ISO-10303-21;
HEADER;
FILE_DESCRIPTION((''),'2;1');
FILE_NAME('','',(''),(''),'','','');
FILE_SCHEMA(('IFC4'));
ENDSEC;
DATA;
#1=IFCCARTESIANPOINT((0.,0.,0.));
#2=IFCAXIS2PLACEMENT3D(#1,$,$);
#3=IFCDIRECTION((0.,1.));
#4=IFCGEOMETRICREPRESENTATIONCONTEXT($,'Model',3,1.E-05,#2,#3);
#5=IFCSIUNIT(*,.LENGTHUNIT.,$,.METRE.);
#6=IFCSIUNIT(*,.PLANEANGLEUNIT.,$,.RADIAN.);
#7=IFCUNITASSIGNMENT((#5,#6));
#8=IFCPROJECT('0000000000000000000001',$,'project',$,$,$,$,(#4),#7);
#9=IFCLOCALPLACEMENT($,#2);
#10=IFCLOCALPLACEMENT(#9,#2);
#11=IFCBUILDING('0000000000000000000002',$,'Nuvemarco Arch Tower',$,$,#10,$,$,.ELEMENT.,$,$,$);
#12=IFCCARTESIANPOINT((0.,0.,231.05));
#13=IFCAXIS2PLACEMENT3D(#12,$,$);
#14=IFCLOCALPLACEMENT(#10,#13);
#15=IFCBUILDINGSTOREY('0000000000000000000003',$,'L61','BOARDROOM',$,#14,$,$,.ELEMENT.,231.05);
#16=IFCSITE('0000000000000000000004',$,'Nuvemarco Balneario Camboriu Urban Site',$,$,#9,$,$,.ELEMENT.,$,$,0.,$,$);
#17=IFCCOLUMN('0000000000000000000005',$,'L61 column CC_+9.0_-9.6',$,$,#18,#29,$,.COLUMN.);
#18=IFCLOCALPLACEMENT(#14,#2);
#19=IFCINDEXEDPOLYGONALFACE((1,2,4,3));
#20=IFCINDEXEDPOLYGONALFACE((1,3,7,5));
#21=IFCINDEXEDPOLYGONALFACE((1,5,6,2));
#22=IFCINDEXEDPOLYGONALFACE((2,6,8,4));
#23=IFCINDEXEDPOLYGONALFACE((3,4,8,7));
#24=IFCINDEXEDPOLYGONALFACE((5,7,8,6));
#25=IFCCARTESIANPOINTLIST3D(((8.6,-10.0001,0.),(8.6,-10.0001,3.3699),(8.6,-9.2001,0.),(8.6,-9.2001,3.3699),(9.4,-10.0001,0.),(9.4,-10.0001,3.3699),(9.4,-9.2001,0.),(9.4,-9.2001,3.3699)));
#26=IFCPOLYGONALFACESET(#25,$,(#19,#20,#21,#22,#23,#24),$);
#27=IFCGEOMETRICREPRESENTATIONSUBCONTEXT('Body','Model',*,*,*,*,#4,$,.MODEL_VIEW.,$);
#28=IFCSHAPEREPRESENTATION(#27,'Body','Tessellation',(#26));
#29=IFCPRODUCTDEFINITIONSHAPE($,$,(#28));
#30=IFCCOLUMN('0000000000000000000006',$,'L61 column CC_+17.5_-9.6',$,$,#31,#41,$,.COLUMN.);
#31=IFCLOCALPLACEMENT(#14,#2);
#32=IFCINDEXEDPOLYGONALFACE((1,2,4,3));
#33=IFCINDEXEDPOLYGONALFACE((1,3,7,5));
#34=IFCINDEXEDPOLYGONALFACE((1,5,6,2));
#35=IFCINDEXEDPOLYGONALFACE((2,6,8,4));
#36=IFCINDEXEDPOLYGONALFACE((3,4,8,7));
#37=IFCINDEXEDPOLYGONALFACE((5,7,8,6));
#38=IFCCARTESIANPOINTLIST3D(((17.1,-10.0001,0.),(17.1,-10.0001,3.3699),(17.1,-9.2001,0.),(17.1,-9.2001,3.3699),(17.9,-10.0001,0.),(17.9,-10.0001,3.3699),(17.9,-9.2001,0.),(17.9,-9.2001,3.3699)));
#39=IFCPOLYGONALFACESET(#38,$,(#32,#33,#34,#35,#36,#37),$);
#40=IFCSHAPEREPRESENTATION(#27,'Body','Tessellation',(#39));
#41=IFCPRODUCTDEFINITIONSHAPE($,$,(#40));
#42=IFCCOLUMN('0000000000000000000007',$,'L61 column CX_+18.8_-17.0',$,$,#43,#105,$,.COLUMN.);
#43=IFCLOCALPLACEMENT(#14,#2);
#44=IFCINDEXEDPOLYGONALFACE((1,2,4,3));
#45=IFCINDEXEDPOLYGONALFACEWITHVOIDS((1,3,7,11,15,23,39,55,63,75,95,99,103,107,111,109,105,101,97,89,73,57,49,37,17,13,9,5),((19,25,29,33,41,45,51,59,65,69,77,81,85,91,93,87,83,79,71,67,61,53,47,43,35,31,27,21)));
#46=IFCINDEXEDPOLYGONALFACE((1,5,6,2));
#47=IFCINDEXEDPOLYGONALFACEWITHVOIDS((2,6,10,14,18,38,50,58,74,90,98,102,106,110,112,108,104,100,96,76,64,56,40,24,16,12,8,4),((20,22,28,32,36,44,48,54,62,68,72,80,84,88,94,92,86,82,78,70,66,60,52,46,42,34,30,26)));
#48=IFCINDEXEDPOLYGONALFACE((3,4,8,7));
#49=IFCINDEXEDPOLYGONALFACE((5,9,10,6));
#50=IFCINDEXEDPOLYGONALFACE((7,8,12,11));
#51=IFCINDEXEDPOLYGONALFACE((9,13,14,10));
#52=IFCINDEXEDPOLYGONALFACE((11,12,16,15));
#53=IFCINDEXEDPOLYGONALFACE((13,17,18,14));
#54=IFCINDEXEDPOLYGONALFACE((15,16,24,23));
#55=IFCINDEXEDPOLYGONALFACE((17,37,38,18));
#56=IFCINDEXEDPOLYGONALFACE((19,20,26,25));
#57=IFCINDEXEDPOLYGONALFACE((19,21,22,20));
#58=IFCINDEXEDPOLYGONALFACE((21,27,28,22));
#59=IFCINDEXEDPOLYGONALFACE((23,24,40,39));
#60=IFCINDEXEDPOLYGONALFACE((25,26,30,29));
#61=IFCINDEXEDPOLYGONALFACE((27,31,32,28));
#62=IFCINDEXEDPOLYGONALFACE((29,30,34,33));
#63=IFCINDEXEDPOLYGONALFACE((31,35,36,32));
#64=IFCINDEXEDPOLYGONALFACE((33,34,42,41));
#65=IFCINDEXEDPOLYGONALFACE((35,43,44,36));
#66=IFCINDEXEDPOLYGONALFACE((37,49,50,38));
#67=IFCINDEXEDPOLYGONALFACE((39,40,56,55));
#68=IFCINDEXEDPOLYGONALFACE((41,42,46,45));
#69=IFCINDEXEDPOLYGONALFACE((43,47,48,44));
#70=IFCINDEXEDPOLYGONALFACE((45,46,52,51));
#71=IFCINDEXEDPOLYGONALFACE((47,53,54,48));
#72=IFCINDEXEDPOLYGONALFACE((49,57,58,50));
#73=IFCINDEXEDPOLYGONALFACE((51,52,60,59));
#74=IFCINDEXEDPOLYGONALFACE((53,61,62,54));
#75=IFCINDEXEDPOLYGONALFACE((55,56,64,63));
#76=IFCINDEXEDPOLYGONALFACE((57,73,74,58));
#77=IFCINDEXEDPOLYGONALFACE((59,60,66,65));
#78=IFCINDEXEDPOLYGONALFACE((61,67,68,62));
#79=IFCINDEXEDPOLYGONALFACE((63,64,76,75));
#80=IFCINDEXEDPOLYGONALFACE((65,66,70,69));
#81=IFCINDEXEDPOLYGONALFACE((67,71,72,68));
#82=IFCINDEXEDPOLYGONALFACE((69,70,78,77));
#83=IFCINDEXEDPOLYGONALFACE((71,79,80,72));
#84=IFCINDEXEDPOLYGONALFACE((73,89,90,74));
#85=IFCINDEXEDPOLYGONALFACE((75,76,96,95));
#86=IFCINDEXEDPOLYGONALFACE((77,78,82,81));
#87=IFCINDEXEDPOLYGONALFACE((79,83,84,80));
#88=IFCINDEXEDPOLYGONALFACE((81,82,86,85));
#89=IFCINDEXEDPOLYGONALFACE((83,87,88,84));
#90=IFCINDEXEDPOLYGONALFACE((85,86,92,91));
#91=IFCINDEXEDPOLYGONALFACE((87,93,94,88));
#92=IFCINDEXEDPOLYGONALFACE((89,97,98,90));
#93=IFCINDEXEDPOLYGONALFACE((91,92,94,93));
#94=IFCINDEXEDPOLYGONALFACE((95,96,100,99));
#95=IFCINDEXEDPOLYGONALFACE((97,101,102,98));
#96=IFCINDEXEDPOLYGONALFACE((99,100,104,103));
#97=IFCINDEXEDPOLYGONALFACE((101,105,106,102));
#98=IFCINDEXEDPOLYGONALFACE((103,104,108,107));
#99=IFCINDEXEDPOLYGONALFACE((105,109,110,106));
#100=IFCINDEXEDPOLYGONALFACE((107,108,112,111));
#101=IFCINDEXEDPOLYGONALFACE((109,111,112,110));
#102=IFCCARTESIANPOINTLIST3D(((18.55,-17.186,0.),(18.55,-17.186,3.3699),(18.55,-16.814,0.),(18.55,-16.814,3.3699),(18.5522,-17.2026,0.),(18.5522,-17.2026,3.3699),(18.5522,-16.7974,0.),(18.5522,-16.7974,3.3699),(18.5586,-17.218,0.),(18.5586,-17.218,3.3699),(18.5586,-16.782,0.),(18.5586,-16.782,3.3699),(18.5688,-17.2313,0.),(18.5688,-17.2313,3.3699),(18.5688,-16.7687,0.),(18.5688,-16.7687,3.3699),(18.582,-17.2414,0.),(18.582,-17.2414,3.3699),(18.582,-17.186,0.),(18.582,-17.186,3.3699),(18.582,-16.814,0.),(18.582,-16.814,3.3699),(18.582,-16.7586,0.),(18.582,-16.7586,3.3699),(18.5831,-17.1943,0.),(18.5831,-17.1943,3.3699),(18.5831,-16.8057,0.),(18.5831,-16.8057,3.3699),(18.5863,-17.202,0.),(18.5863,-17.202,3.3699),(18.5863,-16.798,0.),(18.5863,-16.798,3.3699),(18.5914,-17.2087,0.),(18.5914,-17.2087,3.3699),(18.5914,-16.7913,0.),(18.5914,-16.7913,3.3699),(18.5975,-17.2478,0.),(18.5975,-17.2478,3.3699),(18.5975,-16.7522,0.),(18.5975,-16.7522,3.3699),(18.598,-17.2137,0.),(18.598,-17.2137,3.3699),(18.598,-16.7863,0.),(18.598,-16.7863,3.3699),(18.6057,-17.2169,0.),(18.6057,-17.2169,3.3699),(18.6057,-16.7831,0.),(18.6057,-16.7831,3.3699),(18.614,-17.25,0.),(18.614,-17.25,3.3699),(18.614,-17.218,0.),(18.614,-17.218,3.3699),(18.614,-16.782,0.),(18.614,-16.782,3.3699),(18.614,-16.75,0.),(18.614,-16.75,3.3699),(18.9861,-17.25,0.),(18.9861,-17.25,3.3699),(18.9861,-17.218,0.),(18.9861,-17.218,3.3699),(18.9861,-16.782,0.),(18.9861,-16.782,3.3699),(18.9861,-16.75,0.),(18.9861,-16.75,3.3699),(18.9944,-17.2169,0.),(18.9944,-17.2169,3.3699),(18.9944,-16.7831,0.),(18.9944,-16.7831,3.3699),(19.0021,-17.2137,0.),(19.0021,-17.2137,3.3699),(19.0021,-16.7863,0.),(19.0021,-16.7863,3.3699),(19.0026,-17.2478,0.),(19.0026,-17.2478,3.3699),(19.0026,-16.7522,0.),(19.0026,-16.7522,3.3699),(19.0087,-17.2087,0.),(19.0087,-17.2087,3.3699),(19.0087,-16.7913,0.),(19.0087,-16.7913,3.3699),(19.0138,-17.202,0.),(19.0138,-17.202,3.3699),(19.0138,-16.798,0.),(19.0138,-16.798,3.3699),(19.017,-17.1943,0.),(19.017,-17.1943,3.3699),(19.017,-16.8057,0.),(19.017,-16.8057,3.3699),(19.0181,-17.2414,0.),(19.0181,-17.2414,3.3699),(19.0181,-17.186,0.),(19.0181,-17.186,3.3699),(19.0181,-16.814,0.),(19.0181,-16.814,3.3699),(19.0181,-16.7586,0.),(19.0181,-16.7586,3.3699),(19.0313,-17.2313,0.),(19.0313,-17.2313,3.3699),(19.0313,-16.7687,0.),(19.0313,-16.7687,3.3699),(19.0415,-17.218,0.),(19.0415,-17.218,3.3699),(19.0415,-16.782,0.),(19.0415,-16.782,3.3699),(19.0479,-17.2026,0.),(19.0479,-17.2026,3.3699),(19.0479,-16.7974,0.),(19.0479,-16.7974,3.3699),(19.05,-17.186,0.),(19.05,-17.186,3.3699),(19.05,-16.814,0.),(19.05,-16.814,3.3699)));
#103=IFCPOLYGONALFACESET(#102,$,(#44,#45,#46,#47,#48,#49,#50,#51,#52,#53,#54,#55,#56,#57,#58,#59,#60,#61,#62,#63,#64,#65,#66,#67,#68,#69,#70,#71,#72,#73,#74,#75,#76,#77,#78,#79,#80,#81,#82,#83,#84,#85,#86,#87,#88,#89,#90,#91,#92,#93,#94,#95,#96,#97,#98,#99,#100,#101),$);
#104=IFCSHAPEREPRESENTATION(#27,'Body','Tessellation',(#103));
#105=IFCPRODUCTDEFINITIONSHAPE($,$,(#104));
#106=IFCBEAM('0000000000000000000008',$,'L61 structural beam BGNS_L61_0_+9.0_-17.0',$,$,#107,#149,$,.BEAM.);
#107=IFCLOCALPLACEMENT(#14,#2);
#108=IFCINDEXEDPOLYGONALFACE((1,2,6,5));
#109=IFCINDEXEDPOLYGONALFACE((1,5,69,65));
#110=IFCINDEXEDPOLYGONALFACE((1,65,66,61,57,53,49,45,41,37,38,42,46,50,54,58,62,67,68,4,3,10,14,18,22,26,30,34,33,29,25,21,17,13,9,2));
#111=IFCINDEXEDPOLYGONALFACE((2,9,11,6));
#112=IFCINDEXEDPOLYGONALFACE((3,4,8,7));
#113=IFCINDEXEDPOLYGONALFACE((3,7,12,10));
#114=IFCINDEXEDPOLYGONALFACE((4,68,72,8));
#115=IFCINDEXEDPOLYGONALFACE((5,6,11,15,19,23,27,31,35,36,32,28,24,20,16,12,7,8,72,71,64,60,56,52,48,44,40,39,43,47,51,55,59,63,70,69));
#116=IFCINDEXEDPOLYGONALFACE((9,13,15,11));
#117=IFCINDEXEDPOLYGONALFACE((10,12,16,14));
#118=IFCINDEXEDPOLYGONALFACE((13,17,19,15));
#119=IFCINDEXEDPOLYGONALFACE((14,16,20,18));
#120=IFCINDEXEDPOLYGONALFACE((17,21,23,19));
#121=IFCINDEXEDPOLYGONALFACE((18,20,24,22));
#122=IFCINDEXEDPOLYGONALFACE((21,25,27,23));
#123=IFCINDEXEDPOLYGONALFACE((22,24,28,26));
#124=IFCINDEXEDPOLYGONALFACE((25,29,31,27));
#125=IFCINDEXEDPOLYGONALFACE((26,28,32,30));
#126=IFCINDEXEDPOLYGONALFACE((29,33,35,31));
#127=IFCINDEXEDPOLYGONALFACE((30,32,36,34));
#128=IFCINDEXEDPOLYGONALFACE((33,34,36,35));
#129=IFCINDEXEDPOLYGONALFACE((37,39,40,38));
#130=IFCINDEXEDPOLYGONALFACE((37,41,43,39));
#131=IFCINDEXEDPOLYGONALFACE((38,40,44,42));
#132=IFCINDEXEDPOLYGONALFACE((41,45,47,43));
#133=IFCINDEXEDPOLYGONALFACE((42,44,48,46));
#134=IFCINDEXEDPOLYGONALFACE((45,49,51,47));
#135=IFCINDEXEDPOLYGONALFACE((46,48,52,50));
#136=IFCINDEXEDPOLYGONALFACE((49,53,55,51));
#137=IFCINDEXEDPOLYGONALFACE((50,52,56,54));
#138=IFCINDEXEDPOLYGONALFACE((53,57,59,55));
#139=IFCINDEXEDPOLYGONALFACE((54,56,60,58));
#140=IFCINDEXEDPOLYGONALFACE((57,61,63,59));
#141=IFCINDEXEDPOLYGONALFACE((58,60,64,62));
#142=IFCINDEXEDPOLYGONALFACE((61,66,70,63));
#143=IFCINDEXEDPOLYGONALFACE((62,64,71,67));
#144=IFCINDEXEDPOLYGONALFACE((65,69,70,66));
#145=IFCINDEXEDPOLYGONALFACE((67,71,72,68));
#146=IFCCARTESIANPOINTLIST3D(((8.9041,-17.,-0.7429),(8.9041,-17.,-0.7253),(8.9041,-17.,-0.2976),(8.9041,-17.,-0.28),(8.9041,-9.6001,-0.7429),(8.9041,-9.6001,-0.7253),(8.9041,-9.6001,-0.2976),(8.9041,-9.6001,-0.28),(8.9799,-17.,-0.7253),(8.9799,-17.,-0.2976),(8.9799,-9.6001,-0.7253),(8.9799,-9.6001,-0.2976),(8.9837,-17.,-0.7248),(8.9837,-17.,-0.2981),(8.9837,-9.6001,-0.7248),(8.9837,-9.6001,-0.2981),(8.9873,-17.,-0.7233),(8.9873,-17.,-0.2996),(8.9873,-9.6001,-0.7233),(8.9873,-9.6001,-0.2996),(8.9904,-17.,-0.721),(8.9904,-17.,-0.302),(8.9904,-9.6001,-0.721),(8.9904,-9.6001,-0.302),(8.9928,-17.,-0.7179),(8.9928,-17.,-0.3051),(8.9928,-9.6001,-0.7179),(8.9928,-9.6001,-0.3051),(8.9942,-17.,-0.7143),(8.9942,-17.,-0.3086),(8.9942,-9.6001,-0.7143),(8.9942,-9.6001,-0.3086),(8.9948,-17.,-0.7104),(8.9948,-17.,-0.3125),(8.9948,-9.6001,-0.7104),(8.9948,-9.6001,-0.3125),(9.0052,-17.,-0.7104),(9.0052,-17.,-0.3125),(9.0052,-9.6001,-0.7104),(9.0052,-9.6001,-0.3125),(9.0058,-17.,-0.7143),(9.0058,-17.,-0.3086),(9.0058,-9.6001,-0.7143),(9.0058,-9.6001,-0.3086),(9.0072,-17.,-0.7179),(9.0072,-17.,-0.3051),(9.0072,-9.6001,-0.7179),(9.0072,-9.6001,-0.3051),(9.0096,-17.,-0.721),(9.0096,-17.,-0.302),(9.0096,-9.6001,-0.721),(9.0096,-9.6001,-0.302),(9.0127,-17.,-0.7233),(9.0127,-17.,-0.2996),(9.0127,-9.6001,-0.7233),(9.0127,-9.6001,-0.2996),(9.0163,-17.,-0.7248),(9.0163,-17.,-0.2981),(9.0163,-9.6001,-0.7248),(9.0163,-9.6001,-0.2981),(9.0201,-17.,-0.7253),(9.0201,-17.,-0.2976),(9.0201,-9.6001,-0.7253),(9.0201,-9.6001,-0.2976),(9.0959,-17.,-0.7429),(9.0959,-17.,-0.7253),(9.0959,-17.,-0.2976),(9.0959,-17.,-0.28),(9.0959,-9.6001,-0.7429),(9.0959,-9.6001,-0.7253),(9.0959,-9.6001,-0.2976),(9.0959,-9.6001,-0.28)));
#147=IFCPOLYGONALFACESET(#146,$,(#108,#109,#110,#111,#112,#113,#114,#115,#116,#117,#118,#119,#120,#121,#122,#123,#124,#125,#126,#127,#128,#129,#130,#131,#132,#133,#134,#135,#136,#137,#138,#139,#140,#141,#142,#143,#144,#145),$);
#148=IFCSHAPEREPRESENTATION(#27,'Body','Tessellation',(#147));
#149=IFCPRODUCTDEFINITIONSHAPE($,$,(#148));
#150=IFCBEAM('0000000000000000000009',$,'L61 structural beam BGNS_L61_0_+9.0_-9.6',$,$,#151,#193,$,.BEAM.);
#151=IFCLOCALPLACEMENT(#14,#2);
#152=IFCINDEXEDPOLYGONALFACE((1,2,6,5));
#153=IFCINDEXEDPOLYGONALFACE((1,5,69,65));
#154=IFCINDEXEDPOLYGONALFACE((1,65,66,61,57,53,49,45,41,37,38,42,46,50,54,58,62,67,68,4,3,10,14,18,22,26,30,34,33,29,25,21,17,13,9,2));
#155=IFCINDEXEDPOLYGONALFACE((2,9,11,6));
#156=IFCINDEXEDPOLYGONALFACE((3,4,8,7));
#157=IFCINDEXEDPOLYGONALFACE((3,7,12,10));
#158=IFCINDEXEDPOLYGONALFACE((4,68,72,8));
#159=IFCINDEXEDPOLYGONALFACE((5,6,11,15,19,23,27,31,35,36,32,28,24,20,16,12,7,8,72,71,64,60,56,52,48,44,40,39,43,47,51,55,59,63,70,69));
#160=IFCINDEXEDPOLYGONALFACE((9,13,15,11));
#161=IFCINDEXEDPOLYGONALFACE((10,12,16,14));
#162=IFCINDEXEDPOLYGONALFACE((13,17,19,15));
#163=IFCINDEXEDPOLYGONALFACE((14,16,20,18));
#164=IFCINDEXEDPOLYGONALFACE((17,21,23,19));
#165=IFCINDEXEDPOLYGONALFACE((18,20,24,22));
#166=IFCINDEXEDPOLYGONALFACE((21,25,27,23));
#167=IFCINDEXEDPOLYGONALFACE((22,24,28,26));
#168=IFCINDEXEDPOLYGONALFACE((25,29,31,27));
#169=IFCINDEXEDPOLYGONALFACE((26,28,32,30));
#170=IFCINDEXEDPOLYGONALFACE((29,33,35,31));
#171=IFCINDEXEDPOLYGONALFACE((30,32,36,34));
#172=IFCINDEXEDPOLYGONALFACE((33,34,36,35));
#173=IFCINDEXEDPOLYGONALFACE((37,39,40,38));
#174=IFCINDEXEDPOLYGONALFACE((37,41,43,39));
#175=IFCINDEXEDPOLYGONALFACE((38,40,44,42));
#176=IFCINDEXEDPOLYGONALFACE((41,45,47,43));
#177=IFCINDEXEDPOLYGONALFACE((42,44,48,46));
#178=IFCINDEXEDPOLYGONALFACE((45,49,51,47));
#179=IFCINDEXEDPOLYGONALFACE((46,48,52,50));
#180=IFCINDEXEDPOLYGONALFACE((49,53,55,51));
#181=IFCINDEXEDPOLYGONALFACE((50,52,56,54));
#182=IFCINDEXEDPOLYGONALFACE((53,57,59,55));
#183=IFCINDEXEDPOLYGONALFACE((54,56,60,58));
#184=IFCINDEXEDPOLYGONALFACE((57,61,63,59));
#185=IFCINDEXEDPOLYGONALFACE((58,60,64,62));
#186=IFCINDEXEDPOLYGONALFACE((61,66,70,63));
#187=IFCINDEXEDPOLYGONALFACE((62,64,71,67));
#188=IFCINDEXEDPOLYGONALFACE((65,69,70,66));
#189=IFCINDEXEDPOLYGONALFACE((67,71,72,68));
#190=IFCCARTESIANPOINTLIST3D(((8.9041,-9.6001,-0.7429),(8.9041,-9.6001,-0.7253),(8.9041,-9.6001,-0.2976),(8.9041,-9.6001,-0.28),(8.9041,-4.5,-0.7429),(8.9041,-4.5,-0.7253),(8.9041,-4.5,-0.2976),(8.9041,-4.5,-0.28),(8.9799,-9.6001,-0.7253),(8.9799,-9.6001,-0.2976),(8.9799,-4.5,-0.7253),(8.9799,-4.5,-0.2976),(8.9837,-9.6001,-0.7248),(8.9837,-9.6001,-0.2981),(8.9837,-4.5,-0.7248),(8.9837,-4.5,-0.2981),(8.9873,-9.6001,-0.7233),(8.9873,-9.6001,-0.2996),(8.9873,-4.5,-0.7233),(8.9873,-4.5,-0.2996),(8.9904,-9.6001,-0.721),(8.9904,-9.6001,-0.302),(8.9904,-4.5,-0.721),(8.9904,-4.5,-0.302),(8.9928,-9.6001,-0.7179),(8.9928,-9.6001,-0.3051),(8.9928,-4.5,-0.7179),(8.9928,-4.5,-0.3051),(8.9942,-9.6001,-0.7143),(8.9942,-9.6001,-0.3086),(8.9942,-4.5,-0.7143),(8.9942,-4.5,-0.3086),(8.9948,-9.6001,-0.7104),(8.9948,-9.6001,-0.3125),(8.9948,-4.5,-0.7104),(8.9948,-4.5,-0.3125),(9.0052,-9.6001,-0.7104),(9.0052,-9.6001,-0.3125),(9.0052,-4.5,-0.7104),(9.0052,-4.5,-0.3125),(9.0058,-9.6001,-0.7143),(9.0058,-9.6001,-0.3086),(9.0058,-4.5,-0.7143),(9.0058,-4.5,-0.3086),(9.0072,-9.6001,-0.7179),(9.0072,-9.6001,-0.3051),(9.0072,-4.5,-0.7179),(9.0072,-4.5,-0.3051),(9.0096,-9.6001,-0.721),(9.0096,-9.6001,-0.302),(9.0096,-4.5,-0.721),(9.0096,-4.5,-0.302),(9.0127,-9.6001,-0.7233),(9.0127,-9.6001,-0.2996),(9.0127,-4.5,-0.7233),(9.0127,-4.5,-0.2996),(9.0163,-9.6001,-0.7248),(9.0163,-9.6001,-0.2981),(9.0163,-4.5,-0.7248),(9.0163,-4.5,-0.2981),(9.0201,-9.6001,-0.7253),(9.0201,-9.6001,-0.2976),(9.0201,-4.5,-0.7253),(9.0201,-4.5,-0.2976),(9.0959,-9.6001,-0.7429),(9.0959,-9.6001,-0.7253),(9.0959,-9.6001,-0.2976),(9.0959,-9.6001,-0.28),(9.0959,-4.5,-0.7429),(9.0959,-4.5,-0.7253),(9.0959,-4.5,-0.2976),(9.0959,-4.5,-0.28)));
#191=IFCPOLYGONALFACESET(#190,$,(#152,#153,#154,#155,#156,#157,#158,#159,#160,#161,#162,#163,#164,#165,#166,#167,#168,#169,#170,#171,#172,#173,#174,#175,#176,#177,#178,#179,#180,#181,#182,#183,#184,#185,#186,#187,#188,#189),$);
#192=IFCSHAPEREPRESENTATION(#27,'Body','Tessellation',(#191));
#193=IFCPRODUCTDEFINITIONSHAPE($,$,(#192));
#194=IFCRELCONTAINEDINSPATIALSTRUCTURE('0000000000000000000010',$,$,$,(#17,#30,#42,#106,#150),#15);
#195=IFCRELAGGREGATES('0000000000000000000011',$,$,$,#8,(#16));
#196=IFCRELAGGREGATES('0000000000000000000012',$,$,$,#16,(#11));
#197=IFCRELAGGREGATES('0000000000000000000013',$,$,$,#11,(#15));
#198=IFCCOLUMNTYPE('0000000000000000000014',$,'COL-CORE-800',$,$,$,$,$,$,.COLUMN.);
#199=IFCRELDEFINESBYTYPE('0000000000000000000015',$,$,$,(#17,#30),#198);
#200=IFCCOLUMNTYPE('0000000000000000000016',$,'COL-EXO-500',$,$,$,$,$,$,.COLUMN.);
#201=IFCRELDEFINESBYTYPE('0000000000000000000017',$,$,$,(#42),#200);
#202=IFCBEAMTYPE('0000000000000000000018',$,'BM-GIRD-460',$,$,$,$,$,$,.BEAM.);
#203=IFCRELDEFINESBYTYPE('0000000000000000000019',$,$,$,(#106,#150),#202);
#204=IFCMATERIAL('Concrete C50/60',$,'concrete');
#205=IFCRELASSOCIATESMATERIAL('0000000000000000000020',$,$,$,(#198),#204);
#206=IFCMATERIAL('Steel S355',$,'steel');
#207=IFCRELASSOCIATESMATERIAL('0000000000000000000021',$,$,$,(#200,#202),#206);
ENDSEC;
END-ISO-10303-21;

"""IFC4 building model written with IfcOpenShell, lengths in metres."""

from ifc_helpers import new_model, si_unit, direction, frame, origin, origin_2d, place, context, subcontext, project, spatial, rectangle, hollow_rectangle, i_section, extrude, material, material_profile, profile_set, type_object, element, save


model = new_model("IFC4")

# Units and contexts
model_context = context("Model", 3, precision=1e-05, world=origin(), true_north=direction((0.0, 1.0)))
body_context = subcontext(model_context, "Body", "Model", "MODEL_VIEW")
ifc_project = project(units=[si_unit("LENGTHUNIT", "METRE"), si_unit("PLANEANGLEUNIT", "RADIAN")], contexts=[model_context])

# Site, building, storey
site_placement = place(None, origin())
site = spatial("IfcSite", under=ifc_project, at=site_placement, Name="Nuvemarco Balneario Camboriu Urban Site", CompositionType="ELEMENT", RefElevation=0.0)
building_placement = place(site_placement, origin())
building = spatial("IfcBuilding", under=site, at=building_placement, Name="Nuvemarco Arch Tower", CompositionType="ELEMENT")
storey_placement = place(building_placement, frame((0.0, 0.0, 231.05)))
storey = spatial("IfcBuildingStorey", under=building, at=storey_placement, Name="L61", Description="BOARDROOM", CompositionType="ELEMENT", Elevation=231.05)

# Columns
ifc_material_1 = material(Name="Concrete C50/60", Category="concrete")
ifc_material_profile_1 = material_profile(ifc_material_1, rectangle(XDim=0.8, YDim=0.8, at=origin_2d()), Name="RC-COL-800x800")
ifc_profile_set_1 = profile_set([ifc_material_profile_1], Name="Concrete C50/60")
column_type_1 = type_object("IfcColumnType", Name="COL-CORE-800", PredefinedType="COLUMN", material=ifc_profile_set_1)
for number, where, z_axis, x_axis, name in (
    (1, (9.0, -9.6001, 0.0), (0.0, 0.0, 1.0), (1.0, 0.0, 0.0), "L61 column CC_+9.0_-9.6"),
    (2, (17.5, -9.6001, 0.0), (0.0, 0.0, 1.0), (1.0, 0.0, 0.0), "L61 column CC_+17.5_-9.6"),
):
    element("IfcColumn", number, at=place(storey_placement, frame(where, z_axis=z_axis, x_axis=x_axis)), inside=storey, type_object=column_type_1, Name=name, PredefinedType="COLUMN", context=body_context, shape_type="SweptSolid", body=[
        extrude(rectangle(XDim=0.8, YDim=0.8, at=origin_2d()), origin(), (0.0, 0.0, 1.0), 3.3699),
    ])
ifc_material_2 = material(Name="Steel S355", Category="steel")
ifc_material_profile_2 = material_profile(ifc_material_2, hollow_rectangle(XDim=0.5, YDim=0.5, WallThickness=0.032, InnerFilletRadius=0.032, OuterFilletRadius=0.064, at=origin_2d()), Name="SHS500x500x32")
ifc_profile_set_2 = profile_set([ifc_material_profile_2], Name="Steel S355")
column_type_2 = type_object("IfcColumnType", Name="COL-EXO-500", PredefinedType="COLUMN", material=ifc_profile_set_2)
column_placement = place(storey_placement, frame((18.8, -17.0, 0.0), z_axis=(0.0, 0.0, 1.0), x_axis=(1.0, 0.0, 0.0)))
element("IfcColumn", 3, at=column_placement, inside=storey, type_object=column_type_2, Name="L61 column CX_+18.8_-17.0", PredefinedType="COLUMN", context=body_context, shape_type="SweptSolid", body=[
    extrude(hollow_rectangle(XDim=0.5, YDim=0.5, WallThickness=0.032, InnerFilletRadius=0.032, OuterFilletRadius=0.064, at=origin_2d()), origin(), (0.0, 0.0, 1.0), 3.3699),
])

# Beams
ifc_material_profile_3 = material_profile(ifc_material_2, i_section(OverallWidth=0.1919, OverallDepth=0.4629, WebThickness=0.0105, FlangeThickness=0.0176, FilletRadius=0.0149, at=origin_2d()), Name="W460x89")
ifc_profile_set_3 = profile_set([ifc_material_profile_3], Name="Steel S355")
beam_type_1 = type_object("IfcBeamType", Name="BM-GIRD-460", PredefinedType="BEAM", material=ifc_profile_set_3)
beam_1_placement = place(storey_placement, frame((9.0, -17.0, -0.5115), z_axis=(0.0, 1.0, 0.0), x_axis=(-1.0, 0.0, 0.0)))
element("IfcBeam", 4, at=beam_1_placement, inside=storey, type_object=beam_type_1, Name="L61 structural beam BGNS_L61_0_+9.0_-17.0", PredefinedType="BEAM", context=body_context, shape_type="SweptSolid", body=[
    extrude(i_section(OverallWidth=0.1919, OverallDepth=0.4629, WebThickness=0.0105, FlangeThickness=0.0176, FilletRadius=0.0149, at=origin_2d()), origin(), (0.0, 0.0, 1.0), 7.3999),
])
beam_2_placement = place(storey_placement, frame((9.0, -9.6001, -0.5115), z_axis=(0.0, 1.0, 0.0), x_axis=(-1.0, 0.0, 0.0)))
element("IfcBeam", 5, at=beam_2_placement, inside=storey, type_object=beam_type_1, Name="L61 structural beam BGNS_L61_0_+9.0_-9.6", PredefinedType="BEAM", context=body_context, shape_type="SweptSolid", body=[
    extrude(i_section(OverallWidth=0.1919, OverallDepth=0.4629, WebThickness=0.0105, FlangeThickness=0.0176, FilletRadius=0.0149, at=origin_2d()), origin(), (0.0, 0.0, 1.0), 5.1001),
])

save(model, "model.ifc")
